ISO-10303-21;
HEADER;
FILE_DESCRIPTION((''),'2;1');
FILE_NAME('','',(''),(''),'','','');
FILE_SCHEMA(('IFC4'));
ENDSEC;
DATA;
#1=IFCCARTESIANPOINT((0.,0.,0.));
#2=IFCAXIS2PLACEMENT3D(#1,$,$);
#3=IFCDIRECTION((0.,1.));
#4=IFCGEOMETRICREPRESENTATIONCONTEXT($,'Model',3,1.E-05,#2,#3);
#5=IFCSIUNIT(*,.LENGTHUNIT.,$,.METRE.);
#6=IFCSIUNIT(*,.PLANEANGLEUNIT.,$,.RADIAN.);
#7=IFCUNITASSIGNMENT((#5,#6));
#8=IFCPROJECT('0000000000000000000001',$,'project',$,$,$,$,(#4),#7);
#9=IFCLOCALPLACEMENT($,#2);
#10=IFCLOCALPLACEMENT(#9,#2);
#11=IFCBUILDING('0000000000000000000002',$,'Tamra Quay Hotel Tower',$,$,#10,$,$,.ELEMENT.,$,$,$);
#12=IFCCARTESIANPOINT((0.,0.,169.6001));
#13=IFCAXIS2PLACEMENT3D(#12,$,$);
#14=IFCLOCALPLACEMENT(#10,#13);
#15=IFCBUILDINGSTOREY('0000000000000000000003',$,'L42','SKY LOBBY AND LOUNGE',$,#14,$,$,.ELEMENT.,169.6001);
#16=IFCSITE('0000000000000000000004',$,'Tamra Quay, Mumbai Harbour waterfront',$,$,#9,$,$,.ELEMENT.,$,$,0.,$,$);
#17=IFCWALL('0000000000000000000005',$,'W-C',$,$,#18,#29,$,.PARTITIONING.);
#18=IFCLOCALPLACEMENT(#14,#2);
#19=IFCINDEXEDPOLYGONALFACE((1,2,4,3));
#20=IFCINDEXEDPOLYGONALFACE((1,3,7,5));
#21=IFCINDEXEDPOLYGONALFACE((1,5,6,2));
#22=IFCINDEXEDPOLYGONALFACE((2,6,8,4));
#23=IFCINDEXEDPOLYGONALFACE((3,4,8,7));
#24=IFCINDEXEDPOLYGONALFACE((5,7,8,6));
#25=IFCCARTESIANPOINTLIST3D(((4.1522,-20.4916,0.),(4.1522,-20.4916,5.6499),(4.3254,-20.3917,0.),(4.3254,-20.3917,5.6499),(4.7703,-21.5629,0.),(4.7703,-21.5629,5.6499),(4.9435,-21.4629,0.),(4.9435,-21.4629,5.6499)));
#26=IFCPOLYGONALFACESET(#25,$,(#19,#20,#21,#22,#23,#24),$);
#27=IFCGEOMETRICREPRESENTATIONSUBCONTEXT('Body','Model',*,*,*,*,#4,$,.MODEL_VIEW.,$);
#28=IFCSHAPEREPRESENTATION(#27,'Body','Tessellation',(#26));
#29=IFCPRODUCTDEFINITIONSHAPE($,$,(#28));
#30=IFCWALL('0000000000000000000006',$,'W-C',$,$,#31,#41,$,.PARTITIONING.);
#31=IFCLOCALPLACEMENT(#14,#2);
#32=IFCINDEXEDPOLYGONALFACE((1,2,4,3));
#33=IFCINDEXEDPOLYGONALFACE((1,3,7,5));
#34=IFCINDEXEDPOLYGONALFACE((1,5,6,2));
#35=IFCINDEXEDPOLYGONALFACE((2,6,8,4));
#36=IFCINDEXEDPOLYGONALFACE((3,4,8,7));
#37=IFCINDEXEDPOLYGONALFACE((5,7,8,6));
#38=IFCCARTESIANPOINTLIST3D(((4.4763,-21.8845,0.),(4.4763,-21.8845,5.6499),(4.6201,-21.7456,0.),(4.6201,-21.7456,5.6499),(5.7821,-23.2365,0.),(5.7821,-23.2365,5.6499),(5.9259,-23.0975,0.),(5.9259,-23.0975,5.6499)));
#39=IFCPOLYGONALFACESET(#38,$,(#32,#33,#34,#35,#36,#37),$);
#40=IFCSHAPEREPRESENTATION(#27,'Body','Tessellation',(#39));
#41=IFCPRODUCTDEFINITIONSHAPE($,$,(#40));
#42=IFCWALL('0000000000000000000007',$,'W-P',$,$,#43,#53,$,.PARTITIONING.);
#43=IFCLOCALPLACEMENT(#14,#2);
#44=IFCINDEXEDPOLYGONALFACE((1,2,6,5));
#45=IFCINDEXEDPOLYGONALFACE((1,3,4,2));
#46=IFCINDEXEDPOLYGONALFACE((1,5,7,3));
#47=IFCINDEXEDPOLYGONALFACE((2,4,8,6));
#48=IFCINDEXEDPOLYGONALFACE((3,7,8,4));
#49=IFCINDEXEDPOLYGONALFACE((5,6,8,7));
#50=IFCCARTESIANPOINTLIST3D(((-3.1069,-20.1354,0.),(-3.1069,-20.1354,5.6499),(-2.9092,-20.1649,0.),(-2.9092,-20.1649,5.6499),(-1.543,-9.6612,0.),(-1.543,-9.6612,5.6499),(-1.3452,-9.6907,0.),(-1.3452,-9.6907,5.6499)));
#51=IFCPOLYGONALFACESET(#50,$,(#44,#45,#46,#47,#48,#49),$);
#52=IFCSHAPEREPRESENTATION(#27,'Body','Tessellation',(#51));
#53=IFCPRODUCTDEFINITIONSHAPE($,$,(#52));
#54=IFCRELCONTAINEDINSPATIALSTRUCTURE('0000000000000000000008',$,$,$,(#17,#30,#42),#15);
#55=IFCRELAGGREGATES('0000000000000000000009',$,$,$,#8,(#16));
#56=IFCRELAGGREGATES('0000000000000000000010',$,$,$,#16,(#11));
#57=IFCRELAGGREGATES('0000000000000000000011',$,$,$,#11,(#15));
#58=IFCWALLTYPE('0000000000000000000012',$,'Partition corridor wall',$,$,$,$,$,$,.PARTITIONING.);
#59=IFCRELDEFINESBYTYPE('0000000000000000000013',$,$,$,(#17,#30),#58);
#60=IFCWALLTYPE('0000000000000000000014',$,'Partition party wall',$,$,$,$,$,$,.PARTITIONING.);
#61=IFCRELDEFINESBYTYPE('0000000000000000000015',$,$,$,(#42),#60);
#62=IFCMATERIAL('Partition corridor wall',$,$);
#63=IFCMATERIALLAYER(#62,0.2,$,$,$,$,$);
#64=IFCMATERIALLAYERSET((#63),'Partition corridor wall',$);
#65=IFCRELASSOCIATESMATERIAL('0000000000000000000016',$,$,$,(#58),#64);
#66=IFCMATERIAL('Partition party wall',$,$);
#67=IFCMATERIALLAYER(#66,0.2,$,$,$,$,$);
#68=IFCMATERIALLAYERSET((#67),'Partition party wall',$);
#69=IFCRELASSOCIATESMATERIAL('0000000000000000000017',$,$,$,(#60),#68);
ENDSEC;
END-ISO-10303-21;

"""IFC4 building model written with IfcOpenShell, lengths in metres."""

from ifc_helpers import new_model, si_unit, direction, frame, frame_2d, origin, place, context, subcontext, project, spatial, rectangle, extrude, material, layer, layer_set, type_object, element, save


model = new_model("IFC4")

# Units and contexts
model_context = context("Model", 3, precision=1e-05, world=origin(), true_north=direction((0.0, 1.0)))
body_context = subcontext(model_context, "Body", "Model", "MODEL_VIEW")
ifc_project = project(units=[si_unit("LENGTHUNIT", "METRE"), si_unit("PLANEANGLEUNIT", "RADIAN")], contexts=[model_context])

# Site, building, storey
site_placement = place(None, origin())
site = spatial("IfcSite", under=ifc_project, at=site_placement, Name="Tamra Quay, Mumbai Harbour waterfront", CompositionType="ELEMENT", RefElevation=0.0)
building_placement = place(site_placement, origin())
building = spatial("IfcBuilding", under=site, at=building_placement, Name="Tamra Quay Hotel Tower", CompositionType="ELEMENT")
storey_placement = place(building_placement, frame((0.0, 0.0, 169.6001)))
storey = spatial("IfcBuildingStorey", under=building, at=storey_placement, Name="L42", Description="SKY LOBBY AND LOUNGE", CompositionType="ELEMENT", Elevation=169.6001)

# Walls
ifc_material_1 = material(Name="Partition corridor wall")
ifc_layer_1 = layer(ifc_material_1, 0.2)
ifc_layer_set_1 = layer_set([ifc_layer_1], Name="Partition corridor wall")
wall_type_1 = type_object("IfcWallType", Name="Partition corridor wall", PredefinedType="PARTITIONING", material=ifc_layer_set_1)
wall_1_placement = place(storey_placement, frame((4.2388, -20.4417, 0.0), z_axis=(0.0, 0.0, 1.0), x_axis=(0.499791, -0.866146, 0.0)))
element("IfcWall", 1, at=wall_1_placement, inside=storey, type_object=wall_type_1, Name="W-C", PredefinedType="PARTITIONING", context=body_context, shape_type="SweptSolid", body=[
    extrude(rectangle(XDim=1.2368, YDim=0.2, at=frame_2d((0.6184, 0.0))), origin(), (0.0, 0.0, 1.0), 5.6499),
])
wall_2_placement = place(storey_placement, frame((4.5481, -21.8149, 0.0), z_axis=(0.0, 0.0, 1.0), x_axis=(0.694727, -0.719274, 0.0)))
element("IfcWall", 2, at=wall_2_placement, inside=storey, type_object=wall_type_1, Name="W-C", PredefinedType="PARTITIONING", context=body_context, shape_type="SweptSolid", body=[
    extrude(rectangle(XDim=1.8796, YDim=0.2, at=frame_2d((0.9399, 0.0))), origin(), (0.0, 0.0, 1.0), 5.6499),
])
ifc_material_2 = material(Name="Partition party wall")
ifc_layer_2 = layer(ifc_material_2, 0.2)
ifc_layer_set_2 = layer_set([ifc_layer_2], Name="Partition party wall")
wall_type_2 = type_object("IfcWallType", Name="Partition party wall", PredefinedType="PARTITIONING", material=ifc_layer_set_2)
wall_3_placement = place(storey_placement, frame((-3.0081, -20.1501, 0.0), z_axis=(0.0, 0.0, 1.0), x_axis=(0.14768, 0.989035, 0.0)))
element("IfcWall", 3, at=wall_3_placement, inside=storey, type_object=wall_type_2, Name="W-P", PredefinedType="PARTITIONING", context=body_context, shape_type="SweptSolid", body=[
    extrude(rectangle(XDim=10.5903, YDim=0.2, at=frame_2d((5.2952, 0.0))), origin(), (0.0, 0.0, 1.0), 5.6499),
])

save(model, "model.ifc")
